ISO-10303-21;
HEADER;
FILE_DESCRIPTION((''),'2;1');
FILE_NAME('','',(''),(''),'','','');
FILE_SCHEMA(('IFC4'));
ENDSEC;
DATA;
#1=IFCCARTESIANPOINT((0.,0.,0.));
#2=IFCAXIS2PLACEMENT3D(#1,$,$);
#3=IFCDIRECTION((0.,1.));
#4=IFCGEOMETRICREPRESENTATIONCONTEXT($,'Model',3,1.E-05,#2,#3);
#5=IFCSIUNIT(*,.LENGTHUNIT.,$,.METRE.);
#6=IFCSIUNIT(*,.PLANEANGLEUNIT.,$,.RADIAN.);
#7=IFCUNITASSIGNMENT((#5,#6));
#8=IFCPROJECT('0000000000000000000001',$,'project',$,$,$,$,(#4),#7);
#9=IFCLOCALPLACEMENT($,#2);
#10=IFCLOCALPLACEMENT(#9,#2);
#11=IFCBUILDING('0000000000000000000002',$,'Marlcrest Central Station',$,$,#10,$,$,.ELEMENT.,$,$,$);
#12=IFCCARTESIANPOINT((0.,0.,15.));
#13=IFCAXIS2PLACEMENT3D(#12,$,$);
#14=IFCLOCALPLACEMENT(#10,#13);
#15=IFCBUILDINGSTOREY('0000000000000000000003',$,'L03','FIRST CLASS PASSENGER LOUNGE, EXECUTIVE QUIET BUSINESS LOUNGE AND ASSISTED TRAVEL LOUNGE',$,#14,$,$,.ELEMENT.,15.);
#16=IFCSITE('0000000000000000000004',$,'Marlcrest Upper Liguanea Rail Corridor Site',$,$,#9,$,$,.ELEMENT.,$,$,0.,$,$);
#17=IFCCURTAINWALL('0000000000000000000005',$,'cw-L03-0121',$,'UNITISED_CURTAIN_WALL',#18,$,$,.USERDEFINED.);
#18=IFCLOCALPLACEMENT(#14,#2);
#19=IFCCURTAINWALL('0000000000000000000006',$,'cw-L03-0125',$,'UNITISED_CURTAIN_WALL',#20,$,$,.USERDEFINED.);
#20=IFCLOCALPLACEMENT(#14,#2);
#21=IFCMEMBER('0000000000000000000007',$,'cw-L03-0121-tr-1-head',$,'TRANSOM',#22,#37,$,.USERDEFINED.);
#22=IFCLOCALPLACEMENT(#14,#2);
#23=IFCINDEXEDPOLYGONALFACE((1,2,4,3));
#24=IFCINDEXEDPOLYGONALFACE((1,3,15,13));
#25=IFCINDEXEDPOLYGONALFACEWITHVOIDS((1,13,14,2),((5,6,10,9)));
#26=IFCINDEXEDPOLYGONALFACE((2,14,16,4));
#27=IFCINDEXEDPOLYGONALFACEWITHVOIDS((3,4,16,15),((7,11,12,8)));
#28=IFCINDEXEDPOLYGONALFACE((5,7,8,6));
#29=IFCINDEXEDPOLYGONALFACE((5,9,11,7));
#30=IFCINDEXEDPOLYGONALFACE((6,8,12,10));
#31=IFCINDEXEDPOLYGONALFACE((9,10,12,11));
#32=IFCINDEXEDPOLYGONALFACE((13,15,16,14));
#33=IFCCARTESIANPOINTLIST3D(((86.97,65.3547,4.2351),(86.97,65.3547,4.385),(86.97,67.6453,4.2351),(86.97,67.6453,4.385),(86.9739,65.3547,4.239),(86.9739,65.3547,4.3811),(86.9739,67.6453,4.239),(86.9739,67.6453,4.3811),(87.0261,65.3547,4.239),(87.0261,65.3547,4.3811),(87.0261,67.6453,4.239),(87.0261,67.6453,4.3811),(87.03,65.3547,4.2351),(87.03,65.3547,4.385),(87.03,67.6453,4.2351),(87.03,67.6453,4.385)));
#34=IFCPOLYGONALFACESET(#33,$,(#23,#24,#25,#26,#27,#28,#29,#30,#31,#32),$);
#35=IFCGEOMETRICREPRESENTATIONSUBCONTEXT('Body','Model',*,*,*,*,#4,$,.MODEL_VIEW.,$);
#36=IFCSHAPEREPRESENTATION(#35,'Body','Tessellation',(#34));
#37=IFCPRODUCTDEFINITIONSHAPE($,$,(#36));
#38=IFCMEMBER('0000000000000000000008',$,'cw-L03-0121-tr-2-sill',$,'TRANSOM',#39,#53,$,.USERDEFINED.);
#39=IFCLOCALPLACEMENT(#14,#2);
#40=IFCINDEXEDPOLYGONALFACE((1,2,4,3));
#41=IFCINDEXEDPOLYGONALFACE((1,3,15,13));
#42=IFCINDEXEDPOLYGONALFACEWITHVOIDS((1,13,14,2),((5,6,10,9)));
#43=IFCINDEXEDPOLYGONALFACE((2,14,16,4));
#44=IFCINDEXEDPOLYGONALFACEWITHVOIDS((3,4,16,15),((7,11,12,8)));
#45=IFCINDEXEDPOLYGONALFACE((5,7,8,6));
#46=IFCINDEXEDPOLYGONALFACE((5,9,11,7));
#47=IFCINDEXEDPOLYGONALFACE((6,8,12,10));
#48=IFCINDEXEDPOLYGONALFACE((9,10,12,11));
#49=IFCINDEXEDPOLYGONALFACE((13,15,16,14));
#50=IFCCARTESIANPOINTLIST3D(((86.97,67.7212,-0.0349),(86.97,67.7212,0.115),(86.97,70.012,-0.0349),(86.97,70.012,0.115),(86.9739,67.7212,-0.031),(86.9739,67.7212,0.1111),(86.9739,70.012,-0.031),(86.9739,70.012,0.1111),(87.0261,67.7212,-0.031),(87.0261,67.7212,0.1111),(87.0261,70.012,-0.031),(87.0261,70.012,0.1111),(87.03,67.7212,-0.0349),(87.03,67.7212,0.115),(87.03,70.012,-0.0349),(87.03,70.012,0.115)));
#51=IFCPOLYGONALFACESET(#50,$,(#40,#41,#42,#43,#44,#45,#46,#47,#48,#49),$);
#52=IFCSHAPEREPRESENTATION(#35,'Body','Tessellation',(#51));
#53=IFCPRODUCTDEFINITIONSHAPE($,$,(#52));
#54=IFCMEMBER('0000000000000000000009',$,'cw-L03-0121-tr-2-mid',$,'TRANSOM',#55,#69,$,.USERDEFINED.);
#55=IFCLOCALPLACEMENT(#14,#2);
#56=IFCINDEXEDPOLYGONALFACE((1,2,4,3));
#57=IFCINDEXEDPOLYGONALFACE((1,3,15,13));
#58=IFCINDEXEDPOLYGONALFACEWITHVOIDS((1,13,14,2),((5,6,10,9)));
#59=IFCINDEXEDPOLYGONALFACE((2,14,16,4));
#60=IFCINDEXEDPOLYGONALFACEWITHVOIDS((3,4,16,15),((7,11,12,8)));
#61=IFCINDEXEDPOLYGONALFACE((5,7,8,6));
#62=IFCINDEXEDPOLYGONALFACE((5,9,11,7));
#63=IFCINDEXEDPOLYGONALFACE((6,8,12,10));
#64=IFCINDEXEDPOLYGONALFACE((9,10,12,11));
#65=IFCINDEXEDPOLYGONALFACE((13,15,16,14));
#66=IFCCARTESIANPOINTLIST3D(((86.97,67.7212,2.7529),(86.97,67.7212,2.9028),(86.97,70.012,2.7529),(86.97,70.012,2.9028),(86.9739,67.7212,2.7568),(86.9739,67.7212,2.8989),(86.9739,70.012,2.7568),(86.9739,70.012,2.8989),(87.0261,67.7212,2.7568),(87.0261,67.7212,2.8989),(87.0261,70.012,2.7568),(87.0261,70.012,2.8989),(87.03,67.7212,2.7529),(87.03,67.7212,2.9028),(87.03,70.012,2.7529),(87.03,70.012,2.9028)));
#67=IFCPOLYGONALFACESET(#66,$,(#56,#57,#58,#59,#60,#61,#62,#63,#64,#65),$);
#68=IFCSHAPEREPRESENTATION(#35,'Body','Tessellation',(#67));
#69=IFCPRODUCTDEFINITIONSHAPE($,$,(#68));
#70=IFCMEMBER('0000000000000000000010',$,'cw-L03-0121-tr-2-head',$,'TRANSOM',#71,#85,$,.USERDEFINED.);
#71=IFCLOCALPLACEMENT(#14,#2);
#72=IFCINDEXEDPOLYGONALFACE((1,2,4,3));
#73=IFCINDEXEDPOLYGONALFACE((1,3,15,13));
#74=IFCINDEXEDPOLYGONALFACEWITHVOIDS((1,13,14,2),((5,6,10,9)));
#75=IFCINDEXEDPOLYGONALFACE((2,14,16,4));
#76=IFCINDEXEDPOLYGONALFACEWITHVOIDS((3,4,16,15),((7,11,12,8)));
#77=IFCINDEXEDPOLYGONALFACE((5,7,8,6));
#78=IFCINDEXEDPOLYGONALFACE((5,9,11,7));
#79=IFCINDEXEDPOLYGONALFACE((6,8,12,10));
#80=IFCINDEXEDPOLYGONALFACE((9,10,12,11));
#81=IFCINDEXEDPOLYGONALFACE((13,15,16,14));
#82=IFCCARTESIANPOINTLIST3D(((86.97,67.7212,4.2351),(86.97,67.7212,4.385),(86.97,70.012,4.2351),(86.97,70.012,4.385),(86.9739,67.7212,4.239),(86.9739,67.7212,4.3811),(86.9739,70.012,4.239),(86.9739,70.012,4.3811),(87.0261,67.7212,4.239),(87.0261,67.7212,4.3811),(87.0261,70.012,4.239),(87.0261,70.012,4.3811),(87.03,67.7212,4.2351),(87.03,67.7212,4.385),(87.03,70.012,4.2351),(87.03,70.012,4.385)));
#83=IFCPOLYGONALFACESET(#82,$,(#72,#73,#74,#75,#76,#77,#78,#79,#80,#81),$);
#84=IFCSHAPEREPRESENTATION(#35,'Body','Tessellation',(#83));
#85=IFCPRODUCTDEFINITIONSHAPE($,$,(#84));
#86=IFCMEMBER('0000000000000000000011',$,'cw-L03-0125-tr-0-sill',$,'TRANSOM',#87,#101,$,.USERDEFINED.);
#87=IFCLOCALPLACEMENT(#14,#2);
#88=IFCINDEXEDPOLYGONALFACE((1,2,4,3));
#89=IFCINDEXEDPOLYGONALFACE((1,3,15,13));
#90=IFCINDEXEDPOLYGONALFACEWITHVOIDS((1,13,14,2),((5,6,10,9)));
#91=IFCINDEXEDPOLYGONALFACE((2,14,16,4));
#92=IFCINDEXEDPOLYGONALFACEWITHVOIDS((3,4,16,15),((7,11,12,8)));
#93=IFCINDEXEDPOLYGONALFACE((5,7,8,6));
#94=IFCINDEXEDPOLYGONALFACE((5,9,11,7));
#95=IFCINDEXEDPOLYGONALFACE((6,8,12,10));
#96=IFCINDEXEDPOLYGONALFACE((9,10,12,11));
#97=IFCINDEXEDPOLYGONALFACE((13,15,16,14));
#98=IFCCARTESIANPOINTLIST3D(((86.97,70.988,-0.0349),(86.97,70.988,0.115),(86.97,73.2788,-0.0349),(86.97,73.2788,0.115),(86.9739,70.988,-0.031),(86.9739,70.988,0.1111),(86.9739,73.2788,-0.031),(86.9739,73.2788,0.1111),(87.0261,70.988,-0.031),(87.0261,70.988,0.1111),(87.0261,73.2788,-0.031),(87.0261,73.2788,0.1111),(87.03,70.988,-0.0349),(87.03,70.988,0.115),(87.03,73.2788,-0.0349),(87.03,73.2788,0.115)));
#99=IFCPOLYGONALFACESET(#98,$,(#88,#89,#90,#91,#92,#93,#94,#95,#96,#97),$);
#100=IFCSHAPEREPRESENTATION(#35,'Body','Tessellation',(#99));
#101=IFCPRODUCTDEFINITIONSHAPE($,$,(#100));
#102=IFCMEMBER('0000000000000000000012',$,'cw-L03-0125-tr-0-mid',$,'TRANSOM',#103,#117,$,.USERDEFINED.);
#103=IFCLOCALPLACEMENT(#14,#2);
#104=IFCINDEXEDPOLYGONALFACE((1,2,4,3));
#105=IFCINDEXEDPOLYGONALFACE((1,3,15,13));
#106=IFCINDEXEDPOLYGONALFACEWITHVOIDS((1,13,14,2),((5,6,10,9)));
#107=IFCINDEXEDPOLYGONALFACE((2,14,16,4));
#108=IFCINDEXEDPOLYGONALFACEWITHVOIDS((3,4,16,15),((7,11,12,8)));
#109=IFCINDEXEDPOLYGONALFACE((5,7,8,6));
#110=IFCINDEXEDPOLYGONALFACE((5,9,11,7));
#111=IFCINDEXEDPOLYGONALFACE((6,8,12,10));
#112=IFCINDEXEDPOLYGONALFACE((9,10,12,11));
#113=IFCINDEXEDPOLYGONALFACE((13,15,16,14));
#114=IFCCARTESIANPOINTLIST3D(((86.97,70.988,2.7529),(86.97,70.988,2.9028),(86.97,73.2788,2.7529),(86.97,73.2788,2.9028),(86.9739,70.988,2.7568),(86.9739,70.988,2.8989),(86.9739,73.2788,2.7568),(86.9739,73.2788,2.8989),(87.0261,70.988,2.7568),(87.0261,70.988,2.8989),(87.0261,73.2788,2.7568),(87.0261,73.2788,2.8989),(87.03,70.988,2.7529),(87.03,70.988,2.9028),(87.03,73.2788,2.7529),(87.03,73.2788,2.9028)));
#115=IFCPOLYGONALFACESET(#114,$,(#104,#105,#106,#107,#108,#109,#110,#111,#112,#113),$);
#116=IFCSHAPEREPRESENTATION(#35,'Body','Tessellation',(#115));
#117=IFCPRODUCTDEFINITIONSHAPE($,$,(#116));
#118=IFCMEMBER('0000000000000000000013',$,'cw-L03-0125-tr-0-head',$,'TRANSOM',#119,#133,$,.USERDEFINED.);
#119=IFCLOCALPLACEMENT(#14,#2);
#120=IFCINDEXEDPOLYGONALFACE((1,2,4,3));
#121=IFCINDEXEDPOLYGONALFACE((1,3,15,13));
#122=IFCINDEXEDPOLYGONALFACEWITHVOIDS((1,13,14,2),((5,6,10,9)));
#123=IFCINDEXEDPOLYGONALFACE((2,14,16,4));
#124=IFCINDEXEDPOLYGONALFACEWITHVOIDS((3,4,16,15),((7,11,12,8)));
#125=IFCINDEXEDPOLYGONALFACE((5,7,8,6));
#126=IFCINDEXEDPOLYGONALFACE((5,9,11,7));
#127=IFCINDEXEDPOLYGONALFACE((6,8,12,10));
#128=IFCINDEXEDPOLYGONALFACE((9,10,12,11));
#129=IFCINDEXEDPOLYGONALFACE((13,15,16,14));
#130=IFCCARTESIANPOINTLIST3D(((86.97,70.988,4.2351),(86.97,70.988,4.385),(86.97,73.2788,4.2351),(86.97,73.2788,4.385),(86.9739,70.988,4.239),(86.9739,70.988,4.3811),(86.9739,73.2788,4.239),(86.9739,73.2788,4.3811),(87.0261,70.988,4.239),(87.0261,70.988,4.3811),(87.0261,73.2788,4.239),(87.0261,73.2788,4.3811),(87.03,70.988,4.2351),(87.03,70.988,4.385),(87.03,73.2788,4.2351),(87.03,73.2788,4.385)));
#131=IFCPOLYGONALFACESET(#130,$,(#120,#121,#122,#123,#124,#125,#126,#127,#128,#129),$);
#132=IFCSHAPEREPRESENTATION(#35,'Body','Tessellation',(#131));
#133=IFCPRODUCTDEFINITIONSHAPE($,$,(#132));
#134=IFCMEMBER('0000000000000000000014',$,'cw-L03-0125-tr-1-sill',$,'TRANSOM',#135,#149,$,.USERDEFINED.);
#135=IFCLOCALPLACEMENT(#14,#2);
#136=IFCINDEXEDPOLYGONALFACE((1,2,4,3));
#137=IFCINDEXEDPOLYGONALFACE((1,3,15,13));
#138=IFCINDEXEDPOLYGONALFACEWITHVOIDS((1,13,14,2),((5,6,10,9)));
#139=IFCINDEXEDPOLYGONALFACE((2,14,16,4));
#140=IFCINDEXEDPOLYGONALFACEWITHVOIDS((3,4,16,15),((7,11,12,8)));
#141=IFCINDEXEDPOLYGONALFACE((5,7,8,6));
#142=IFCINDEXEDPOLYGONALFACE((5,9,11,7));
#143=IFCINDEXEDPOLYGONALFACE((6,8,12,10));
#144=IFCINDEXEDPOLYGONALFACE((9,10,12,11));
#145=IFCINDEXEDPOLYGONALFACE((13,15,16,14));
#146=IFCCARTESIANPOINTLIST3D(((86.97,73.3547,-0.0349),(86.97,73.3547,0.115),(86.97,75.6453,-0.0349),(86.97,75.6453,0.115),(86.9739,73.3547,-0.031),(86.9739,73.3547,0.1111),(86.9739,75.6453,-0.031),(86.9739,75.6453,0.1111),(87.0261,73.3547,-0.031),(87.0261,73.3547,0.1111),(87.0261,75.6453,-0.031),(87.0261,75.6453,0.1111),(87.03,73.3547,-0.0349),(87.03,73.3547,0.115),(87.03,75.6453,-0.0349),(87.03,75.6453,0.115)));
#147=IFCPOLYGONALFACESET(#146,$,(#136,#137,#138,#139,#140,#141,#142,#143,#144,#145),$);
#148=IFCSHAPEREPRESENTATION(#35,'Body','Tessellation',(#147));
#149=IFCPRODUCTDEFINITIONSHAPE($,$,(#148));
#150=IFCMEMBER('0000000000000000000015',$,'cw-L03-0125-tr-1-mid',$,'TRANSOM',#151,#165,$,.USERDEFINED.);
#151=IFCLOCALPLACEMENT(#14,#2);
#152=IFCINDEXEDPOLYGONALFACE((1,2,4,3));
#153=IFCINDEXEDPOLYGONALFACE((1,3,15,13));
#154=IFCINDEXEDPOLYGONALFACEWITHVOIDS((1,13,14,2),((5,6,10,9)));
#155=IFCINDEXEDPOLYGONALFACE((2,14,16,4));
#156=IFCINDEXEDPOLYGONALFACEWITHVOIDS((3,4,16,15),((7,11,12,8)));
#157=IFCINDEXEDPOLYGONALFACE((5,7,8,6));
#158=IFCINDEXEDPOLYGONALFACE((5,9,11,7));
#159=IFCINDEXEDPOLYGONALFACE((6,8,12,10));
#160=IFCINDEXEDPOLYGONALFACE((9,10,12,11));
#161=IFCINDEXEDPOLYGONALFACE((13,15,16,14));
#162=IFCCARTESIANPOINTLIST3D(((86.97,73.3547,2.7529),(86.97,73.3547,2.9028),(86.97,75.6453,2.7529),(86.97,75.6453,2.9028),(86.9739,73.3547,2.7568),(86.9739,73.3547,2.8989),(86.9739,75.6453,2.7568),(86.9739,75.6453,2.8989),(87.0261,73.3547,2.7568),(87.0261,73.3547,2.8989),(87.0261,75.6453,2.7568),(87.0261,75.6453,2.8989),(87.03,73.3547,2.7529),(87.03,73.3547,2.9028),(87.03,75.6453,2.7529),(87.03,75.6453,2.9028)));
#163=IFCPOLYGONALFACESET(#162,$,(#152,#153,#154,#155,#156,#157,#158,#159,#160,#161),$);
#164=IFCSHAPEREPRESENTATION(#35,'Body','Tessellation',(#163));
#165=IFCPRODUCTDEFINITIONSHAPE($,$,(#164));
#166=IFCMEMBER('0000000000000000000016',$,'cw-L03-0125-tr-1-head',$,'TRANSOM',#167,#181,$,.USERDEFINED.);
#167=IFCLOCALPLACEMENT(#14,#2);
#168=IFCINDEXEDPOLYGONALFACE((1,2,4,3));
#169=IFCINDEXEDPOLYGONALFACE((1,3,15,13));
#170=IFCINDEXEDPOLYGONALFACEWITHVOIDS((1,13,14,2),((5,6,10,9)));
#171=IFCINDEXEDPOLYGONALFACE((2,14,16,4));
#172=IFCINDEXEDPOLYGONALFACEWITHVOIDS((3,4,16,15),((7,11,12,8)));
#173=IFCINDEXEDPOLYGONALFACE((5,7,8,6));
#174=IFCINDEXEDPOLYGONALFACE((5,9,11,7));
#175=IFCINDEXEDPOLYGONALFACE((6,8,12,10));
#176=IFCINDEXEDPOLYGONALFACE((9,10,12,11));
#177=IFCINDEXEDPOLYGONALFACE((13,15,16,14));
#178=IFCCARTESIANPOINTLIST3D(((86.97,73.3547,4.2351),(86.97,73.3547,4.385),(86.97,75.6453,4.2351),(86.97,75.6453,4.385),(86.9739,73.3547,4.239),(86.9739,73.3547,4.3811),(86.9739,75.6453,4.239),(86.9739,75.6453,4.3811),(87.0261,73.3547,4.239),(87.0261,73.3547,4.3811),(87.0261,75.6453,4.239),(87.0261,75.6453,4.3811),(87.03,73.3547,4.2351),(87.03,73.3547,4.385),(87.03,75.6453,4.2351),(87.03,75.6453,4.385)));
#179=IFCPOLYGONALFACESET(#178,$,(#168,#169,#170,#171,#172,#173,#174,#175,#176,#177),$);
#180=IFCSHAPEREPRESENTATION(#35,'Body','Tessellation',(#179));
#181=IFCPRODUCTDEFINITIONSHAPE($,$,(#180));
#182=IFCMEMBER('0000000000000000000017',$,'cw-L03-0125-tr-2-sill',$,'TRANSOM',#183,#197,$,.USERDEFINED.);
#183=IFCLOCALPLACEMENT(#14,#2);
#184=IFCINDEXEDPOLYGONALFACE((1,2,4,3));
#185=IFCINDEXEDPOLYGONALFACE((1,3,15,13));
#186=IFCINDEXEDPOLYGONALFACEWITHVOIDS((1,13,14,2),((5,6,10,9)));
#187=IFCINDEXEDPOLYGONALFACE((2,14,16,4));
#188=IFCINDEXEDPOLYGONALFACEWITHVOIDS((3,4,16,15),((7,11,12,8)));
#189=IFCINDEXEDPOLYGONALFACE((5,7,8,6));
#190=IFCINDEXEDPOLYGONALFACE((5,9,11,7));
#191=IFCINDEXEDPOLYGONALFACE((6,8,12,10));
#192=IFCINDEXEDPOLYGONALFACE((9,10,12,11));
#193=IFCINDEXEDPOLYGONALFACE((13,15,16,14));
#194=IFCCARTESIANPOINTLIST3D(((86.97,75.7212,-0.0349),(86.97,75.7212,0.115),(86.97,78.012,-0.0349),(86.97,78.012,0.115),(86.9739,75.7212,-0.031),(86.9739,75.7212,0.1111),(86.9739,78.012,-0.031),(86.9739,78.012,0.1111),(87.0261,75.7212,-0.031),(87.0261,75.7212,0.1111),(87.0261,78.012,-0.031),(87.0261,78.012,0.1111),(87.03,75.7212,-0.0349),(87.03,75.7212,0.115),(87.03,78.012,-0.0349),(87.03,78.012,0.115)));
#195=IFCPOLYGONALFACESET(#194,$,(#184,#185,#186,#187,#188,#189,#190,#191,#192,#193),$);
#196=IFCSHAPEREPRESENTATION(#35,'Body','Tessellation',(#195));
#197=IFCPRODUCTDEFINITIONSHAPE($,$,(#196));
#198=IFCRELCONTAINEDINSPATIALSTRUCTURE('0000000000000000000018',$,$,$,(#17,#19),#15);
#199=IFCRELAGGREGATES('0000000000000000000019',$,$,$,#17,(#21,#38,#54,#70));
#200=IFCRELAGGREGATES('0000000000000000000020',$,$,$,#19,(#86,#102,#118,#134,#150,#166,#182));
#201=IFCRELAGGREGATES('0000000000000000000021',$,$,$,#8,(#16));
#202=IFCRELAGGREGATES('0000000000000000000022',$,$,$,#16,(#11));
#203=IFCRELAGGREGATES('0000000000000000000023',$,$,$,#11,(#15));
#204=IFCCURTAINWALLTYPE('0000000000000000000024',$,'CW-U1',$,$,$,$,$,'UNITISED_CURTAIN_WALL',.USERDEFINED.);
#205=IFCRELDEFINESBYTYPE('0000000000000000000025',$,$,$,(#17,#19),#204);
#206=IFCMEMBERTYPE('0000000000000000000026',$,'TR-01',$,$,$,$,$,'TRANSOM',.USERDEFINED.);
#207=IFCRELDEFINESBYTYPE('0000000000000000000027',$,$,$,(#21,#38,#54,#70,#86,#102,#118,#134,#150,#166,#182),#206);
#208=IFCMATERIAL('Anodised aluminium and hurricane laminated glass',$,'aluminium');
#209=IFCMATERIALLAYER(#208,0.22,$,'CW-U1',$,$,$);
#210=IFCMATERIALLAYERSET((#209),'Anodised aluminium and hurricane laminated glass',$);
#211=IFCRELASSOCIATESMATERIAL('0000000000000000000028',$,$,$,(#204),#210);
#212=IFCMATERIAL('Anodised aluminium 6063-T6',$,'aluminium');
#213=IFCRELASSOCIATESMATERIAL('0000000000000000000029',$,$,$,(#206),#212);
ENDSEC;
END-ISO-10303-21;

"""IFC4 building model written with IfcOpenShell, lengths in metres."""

from ifc_helpers import new_model, si_unit, direction, frame, origin, origin_2d, place, context, subcontext, project, spatial, hollow_rectangle, extrude, material, layer, layer_set, material_profile, profile_set, type_object, element, aggregate, save


model = new_model("IFC4")

# Units and contexts
model_context = context("Model", 3, precision=1e-05, world=origin(), true_north=direction((0.0, 1.0)))
body_context = subcontext(model_context, "Body", "Model", "MODEL_VIEW")
ifc_project = project(units=[si_unit("LENGTHUNIT", "METRE"), si_unit("PLANEANGLEUNIT", "RADIAN")], contexts=[model_context])

# Site, building, storey
site_placement = place(None, origin())
site = spatial("IfcSite", under=ifc_project, at=site_placement, Name="Marlcrest Upper Liguanea Rail Corridor Site", CompositionType="ELEMENT", RefElevation=0.0)
building_placement = place(site_placement, origin())
building = spatial("IfcBuilding", under=site, at=building_placement, Name="Marlcrest Central Station", CompositionType="ELEMENT")
storey_placement = place(building_placement, frame((0.0, 0.0, 15.0)))
storey = spatial("IfcBuildingStorey", under=building, at=storey_placement, Name="L03", Description="FIRST CLASS PASSENGER LOUNGE, EXECUTIVE QUIET BUSINESS LOUNGE AND ASSISTED TRAVEL LOUNGE", CompositionType="ELEMENT", Elevation=15.0)

# Curtain walls
ifc_material_1 = material(Name="Anodised aluminium and hurricane laminated glass", Category="aluminium")
ifc_layer_1 = layer(ifc_material_1, 0.22, Name="CW-U1")
ifc_layer_set_1 = layer_set([ifc_layer_1], Name="Anodised aluminium and hurricane laminated glass")
curtain_wall_type = type_object("IfcCurtainWallType", Name="CW-U1", ElementType="UNITISED_CURTAIN_WALL", PredefinedType="USERDEFINED", material=ifc_layer_set_1)
curtain_wall_1_placement = place(storey_placement, origin())
curtain_wall_1 = element("IfcCurtainWall", 1, at=curtain_wall_1_placement, inside=storey, type_object=curtain_wall_type, Name="cw-L03-0121", ObjectType="UNITISED_CURTAIN_WALL", PredefinedType="USERDEFINED")
ifc_material_2 = material(Name="Anodised aluminium 6063-T6", Category="aluminium")
curtain_wall_2_placement = place(storey_placement, origin())
curtain_wall_2 = element("IfcCurtainWall", 2, at=curtain_wall_2_placement, inside=storey, type_object=curtain_wall_type, Name="cw-L03-0125", ObjectType="UNITISED_CURTAIN_WALL", PredefinedType="USERDEFINED")

# Members
ifc_material_profile_1 = material_profile(ifc_material_2, hollow_rectangle(XDim=0.0601, YDim=0.1499, WallThickness=0.0039, at=origin_2d()), Name="AA-RHS 150x60x4")
ifc_profile_set_1 = profile_set([ifc_material_profile_1], Name="Anodised aluminium 6063-T6")
member_type_1 = type_object("IfcMemberType", Name="TR-01", ElementType="TRANSOM", PredefinedType="USERDEFINED", material=ifc_profile_set_1)
member_1_placement = place(storey_placement, frame((87.0, 65.3547, 4.3101), z_axis=(0.0, 1.0, 0.0), x_axis=(-1.0, 0.0, 0.0)))
member_1 = element("IfcMember", 3, at=member_1_placement, type_object=member_type_1, Name="cw-L03-0121-tr-1-head", ObjectType="TRANSOM", PredefinedType="USERDEFINED", context=body_context, shape_type="SweptSolid", body=[
    extrude(hollow_rectangle(XDim=0.0601, YDim=0.1499, WallThickness=0.0039, at=origin_2d()), origin(), (0.0, 0.0, 1.0), 2.2905),
])
member_2_placement = place(storey_placement, frame((87.0, 67.7212, 0.04), z_axis=(0.0, 1.0, 0.0), x_axis=(-1.0, 0.0, 0.0)))
member_2 = element("IfcMember", 4, at=member_2_placement, type_object=member_type_1, Name="cw-L03-0121-tr-2-sill", ObjectType="TRANSOM", PredefinedType="USERDEFINED", context=body_context, shape_type="SweptSolid", body=[
    extrude(hollow_rectangle(XDim=0.0601, YDim=0.1499, WallThickness=0.0039, at=origin_2d()), origin(), (0.0, 0.0, 1.0), 2.2908),
])
member_3_placement = place(storey_placement, frame((87.0, 67.7212, 2.8279), z_axis=(0.0, 1.0, 0.0), x_axis=(-1.0, 0.0, 0.0)))
member_3 = element("IfcMember", 5, at=member_3_placement, type_object=member_type_1, Name="cw-L03-0121-tr-2-mid", ObjectType="TRANSOM", PredefinedType="USERDEFINED", context=body_context, shape_type="SweptSolid", body=[
    extrude(hollow_rectangle(XDim=0.0601, YDim=0.1499, WallThickness=0.0039, at=origin_2d()), origin(), (0.0, 0.0, 1.0), 2.2908),
])
member_4_placement = place(storey_placement, frame((87.0, 67.7212, 4.3101), z_axis=(0.0, 1.0, 0.0), x_axis=(-1.0, 0.0, 0.0)))
member_4 = element("IfcMember", 6, at=member_4_placement, type_object=member_type_1, Name="cw-L03-0121-tr-2-head", ObjectType="TRANSOM", PredefinedType="USERDEFINED", context=body_context, shape_type="SweptSolid", body=[
    extrude(hollow_rectangle(XDim=0.0601, YDim=0.1499, WallThickness=0.0039, at=origin_2d()), origin(), (0.0, 0.0, 1.0), 2.2908),
])
member_5_placement = place(storey_placement, frame((87.0, 70.988, 0.04), z_axis=(0.0, 1.0, 0.0), x_axis=(-1.0, 0.0, 0.0)))
member_5 = element("IfcMember", 7, at=member_5_placement, type_object=member_type_1, Name="cw-L03-0125-tr-0-sill", ObjectType="TRANSOM", PredefinedType="USERDEFINED", context=body_context, shape_type="SweptSolid", body=[
    extrude(hollow_rectangle(XDim=0.0601, YDim=0.1499, WallThickness=0.0039, at=origin_2d()), origin(), (0.0, 0.0, 1.0), 2.2908),
])
member_6_placement = place(storey_placement, frame((87.0, 70.988, 2.8279), z_axis=(0.0, 1.0, 0.0), x_axis=(-1.0, 0.0, 0.0)))
member_6 = element("IfcMember", 8, at=member_6_placement, type_object=member_type_1, Name="cw-L03-0125-tr-0-mid", ObjectType="TRANSOM", PredefinedType="USERDEFINED", context=body_context, shape_type="SweptSolid", body=[
    extrude(hollow_rectangle(XDim=0.0601, YDim=0.1499, WallThickness=0.0039, at=origin_2d()), origin(), (0.0, 0.0, 1.0), 2.2908),
])
member_7_placement = place(storey_placement, frame((87.0, 70.988, 4.3101), z_axis=(0.0, 1.0, 0.0), x_axis=(-1.0, 0.0, 0.0)))
member_7 = element("IfcMember", 9, at=member_7_placement, type_object=member_type_1, Name="cw-L03-0125-tr-0-head", ObjectType="TRANSOM", PredefinedType="USERDEFINED", context=body_context, shape_type="SweptSolid", body=[
    extrude(hollow_rectangle(XDim=0.0601, YDim=0.1499, WallThickness=0.0039, at=origin_2d()), origin(), (0.0, 0.0, 1.0), 2.2908),
])
member_8_placement = place(storey_placement, frame((87.0, 73.3547, 0.04), z_axis=(0.0, 1.0, 0.0), x_axis=(-1.0, 0.0, 0.0)))
member_8 = element("IfcMember", 10, at=member_8_placement, type_object=member_type_1, Name="cw-L03-0125-tr-1-sill", ObjectType="TRANSOM", PredefinedType="USERDEFINED", context=body_context, shape_type="SweptSolid", body=[
    extrude(hollow_rectangle(XDim=0.0601, YDim=0.1499, WallThickness=0.0039, at=origin_2d()), origin(), (0.0, 0.0, 1.0), 2.2905),
])
member_9_placement = place(storey_placement, frame((87.0, 73.3547, 2.8279), z_axis=(0.0, 1.0, 0.0), x_axis=(-1.0, 0.0, 0.0)))
member_9 = element("IfcMember", 11, at=member_9_placement, type_object=member_type_1, Name="cw-L03-0125-tr-1-mid", ObjectType="TRANSOM", PredefinedType="USERDEFINED", context=body_context, shape_type="SweptSolid", body=[
    extrude(hollow_rectangle(XDim=0.0601, YDim=0.1499, WallThickness=0.0039, at=origin_2d()), origin(), (0.0, 0.0, 1.0), 2.2905),
])
member_10_placement = place(storey_placement, frame((87.0, 73.3547, 4.3101), z_axis=(0.0, 1.0, 0.0), x_axis=(-1.0, 0.0, 0.0)))
member_10 = element("IfcMember", 12, at=member_10_placement, type_object=member_type_1, Name="cw-L03-0125-tr-1-head", ObjectType="TRANSOM", PredefinedType="USERDEFINED", context=body_context, shape_type="SweptSolid", body=[
    extrude(hollow_rectangle(XDim=0.0601, YDim=0.1499, WallThickness=0.0039, at=origin_2d()), origin(), (0.0, 0.0, 1.0), 2.2905),
])
member_11_placement = place(storey_placement, frame((87.0, 75.7212, 0.04), z_axis=(0.0, 1.0, 0.0), x_axis=(-1.0, 0.0, 0.0)))
member_11 = element("IfcMember", 13, at=member_11_placement, type_object=member_type_1, Name="cw-L03-0125-tr-2-sill", ObjectType="TRANSOM", PredefinedType="USERDEFINED", context=body_context, shape_type="SweptSolid", body=[
    extrude(hollow_rectangle(XDim=0.0601, YDim=0.1499, WallThickness=0.0039, at=origin_2d()), origin(), (0.0, 0.0, 1.0), 2.2908),
])

aggregate(curtain_wall_1, [member_1, member_2, member_3, member_4])
aggregate(curtain_wall_2, [member_5, member_6, member_7, member_8, member_9, member_10, member_11])

save(model, "model.ifc")
